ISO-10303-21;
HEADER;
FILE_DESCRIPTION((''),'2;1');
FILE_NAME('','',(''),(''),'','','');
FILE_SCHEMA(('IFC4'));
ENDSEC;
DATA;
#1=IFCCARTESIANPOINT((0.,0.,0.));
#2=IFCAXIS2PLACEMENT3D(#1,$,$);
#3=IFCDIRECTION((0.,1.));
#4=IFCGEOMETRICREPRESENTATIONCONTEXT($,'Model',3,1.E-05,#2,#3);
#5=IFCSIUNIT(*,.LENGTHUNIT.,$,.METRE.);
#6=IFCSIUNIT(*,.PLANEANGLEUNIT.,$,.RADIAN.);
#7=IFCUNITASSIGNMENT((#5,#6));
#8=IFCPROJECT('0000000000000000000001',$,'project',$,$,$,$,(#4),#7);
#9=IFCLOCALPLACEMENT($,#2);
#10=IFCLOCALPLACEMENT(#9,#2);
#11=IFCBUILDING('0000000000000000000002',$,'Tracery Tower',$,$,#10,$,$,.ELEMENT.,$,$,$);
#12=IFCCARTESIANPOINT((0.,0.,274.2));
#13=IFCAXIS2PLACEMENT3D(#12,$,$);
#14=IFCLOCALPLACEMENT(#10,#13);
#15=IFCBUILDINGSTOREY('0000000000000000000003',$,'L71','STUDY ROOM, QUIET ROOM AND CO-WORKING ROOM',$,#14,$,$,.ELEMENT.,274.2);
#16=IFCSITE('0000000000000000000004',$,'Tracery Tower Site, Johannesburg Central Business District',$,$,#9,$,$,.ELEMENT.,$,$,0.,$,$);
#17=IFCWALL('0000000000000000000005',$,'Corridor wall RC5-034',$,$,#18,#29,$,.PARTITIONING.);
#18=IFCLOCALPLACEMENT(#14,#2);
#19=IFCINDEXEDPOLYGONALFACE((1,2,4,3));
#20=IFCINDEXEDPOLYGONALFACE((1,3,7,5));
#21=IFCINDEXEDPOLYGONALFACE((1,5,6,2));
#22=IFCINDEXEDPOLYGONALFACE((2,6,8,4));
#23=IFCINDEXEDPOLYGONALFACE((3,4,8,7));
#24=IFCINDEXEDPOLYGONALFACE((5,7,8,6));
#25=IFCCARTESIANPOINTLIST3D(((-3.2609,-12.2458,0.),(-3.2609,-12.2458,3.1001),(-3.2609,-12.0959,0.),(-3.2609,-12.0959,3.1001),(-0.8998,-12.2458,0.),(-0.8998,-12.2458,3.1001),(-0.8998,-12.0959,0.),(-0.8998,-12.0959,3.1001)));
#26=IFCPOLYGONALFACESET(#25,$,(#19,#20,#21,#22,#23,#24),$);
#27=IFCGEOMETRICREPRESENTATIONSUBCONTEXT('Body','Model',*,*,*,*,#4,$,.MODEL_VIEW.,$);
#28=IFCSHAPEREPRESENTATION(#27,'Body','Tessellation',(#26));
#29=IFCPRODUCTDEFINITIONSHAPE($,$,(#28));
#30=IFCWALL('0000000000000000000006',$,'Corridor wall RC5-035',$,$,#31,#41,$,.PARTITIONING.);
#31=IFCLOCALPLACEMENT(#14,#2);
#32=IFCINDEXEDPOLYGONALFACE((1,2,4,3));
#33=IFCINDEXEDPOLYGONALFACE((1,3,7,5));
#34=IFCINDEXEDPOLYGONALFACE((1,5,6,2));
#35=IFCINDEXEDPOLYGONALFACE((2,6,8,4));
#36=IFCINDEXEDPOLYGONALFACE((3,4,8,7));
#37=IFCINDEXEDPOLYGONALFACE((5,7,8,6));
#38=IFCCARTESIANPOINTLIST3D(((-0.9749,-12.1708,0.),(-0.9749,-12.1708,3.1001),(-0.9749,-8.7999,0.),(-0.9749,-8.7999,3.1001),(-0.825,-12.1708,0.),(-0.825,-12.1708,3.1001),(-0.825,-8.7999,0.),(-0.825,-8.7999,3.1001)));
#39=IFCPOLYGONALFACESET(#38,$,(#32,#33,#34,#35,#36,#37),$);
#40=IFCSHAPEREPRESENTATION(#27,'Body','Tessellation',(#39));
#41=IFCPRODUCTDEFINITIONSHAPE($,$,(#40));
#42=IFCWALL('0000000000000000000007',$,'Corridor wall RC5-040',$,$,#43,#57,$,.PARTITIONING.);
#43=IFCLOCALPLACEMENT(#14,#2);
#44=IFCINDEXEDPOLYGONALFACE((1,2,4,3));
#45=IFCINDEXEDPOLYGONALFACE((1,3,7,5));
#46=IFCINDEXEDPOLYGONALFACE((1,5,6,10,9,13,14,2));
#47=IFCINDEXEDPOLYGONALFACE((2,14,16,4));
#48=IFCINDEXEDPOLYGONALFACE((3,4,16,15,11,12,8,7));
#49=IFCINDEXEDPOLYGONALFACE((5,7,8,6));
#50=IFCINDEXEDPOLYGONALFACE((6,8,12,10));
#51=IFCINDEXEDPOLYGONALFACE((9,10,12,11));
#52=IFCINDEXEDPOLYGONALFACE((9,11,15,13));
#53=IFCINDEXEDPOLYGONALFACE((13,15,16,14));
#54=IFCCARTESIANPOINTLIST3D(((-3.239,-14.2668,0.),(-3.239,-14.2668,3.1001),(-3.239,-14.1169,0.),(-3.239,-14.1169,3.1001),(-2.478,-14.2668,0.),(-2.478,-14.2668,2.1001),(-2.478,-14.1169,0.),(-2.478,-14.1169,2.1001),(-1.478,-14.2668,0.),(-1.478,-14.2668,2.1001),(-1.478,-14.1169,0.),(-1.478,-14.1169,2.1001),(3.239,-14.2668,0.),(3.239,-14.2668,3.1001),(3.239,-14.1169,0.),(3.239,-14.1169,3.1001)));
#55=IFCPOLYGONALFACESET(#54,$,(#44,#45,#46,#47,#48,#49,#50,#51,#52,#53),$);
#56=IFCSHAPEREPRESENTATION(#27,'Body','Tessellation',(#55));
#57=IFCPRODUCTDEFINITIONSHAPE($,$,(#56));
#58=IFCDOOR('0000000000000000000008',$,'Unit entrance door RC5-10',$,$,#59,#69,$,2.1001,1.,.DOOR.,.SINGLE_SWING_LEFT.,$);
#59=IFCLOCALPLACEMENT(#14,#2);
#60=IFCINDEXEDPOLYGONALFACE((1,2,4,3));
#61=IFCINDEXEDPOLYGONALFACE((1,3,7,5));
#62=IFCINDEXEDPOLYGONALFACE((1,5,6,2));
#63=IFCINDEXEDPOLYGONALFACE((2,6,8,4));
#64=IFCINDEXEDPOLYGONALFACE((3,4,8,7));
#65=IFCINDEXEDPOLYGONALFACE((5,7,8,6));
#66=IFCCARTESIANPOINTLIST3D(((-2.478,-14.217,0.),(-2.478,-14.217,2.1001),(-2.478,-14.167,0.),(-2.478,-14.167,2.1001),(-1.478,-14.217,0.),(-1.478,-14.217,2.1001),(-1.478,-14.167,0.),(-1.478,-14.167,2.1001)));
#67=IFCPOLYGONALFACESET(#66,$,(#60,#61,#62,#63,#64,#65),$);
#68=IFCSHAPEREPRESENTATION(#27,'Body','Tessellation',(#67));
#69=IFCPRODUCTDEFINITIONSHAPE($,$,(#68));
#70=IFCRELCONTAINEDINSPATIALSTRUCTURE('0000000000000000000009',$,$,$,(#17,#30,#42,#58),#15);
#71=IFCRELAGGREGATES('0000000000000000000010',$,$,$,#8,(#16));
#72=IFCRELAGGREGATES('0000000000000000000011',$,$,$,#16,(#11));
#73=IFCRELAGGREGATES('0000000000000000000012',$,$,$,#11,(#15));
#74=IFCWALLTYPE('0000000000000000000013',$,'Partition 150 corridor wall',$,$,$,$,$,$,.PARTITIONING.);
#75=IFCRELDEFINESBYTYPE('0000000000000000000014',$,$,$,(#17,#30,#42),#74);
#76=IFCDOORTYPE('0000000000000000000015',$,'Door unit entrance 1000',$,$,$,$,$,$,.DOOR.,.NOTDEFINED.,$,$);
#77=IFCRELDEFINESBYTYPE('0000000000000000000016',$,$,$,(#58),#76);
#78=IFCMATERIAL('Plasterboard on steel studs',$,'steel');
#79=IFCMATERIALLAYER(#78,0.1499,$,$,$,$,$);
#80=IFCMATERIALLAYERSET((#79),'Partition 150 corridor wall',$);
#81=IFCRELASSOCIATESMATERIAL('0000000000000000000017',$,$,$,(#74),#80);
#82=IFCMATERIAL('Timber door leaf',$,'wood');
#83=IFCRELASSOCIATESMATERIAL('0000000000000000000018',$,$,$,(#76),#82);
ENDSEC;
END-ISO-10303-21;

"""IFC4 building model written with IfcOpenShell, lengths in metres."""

from ifc_helpers import new_model, si_unit, direction, frame, frame_2d, origin, place, context, subcontext, project, spatial, rectangle, extrude, material, layer, layer_set, type_object, element, fill, save


model = new_model("IFC4")

# Units and contexts
model_context = context("Model", 3, precision=1e-05, world=origin(), true_north=direction((0.0, 1.0)))
body_context = subcontext(model_context, "Body", "Model", "MODEL_VIEW")
ifc_project = project(units=[si_unit("LENGTHUNIT", "METRE"), si_unit("PLANEANGLEUNIT", "RADIAN")], contexts=[model_context])

# Site, building, storey
site_placement = place(None, origin())
site = spatial("IfcSite", under=ifc_project, at=site_placement, Name="Tracery Tower Site, Johannesburg Central Business District", CompositionType="ELEMENT", RefElevation=0.0)
building_placement = place(site_placement, origin())
building = spatial("IfcBuilding", under=site, at=building_placement, Name="Tracery Tower", CompositionType="ELEMENT")
storey_placement = place(building_placement, frame((0.0, 0.0, 274.2)))
storey = spatial("IfcBuildingStorey", under=building, at=storey_placement, Name="L71", Description="STUDY ROOM, QUIET ROOM AND CO-WORKING ROOM", CompositionType="ELEMENT", Elevation=274.2)

# Walls
ifc_material_1 = material(Name="Plasterboard on steel studs", Category="steel")
ifc_layer_1 = layer(ifc_material_1, 0.1499)
ifc_layer_set_1 = layer_set([ifc_layer_1], Name="Partition 150 corridor wall")
wall_type_1 = type_object("IfcWallType", Name="Partition 150 corridor wall", PredefinedType="PARTITIONING", material=ifc_layer_set_1)
wall_1_placement = place(storey_placement, frame((-3.261, -12.1709, 0.0), z_axis=(0.0, 0.0, 1.0), x_axis=(1.0, 0.0, 0.0)))
element("IfcWall", 1, at=wall_1_placement, inside=storey, type_object=wall_type_1, Name="Corridor wall RC5-034", PredefinedType="PARTITIONING", context=body_context, shape_type="SweptSolid", body=[
    extrude(rectangle(XDim=2.3611, YDim=0.1499, at=frame_2d((1.1807, 0.0))), origin(), (0.0, 0.0, 1.0), 3.1001),
])
wall_2_placement = place(storey_placement, frame((-0.8999, -12.1709, 0.0), z_axis=(0.0, 0.0, 1.0), x_axis=(0.0, 1.0, 0.0)))
element("IfcWall", 2, at=wall_2_placement, inside=storey, type_object=wall_type_1, Name="Corridor wall RC5-035", PredefinedType="PARTITIONING", context=body_context, shape_type="SweptSolid", body=[
    extrude(rectangle(XDim=3.3708, YDim=0.1499, at=frame_2d((1.6855, 0.0))), origin(), (0.0, 0.0, 1.0), 3.1001),
])

# Wall, opening, door
wall_3_placement = place(storey_placement, frame((-3.239, -14.1919, 0.0), z_axis=(0.0, 0.0, 1.0), x_axis=(1.0, 0.0, 0.0)))
wall_3 = element("IfcWall", 3, at=wall_3_placement, inside=storey, type_object=wall_type_1, Name="Corridor wall RC5-040", PredefinedType="PARTITIONING", context=body_context, shape_type="SweptSolid", body=[
    extrude(rectangle(XDim=6.478, YDim=0.1499, at=frame_2d((3.239, 0.0))), origin(), (0.0, 0.0, 1.0), 3.1001),
])
opening_1_placement = place(wall_3_placement, frame((0.761, 0.0, 0.0)))
opening_1 = element("IfcOpeningElement", 4, at=opening_1_placement, cuts=wall_3, PredefinedType="OPENING", context=body_context, shape_type="SweptSolid", body=[
    extrude(rectangle(XDim=1.0, YDim=2.1001, at=frame_2d((0.5, 1.05))), frame((0.0, 0.075, 0.0), z_axis=(0.0, -1.0, 0.0), x_axis=(1.0, 0.0, 0.0)), (0.0, 0.0, 1.0), 0.1499),
])
ifc_material_2 = material(Name="Timber door leaf", Category="wood")
door_type_1 = type_object("IfcDoorType", Name="Door unit entrance 1000", OperationType="NOTDEFINED", PredefinedType="DOOR", material=ifc_material_2)
door_1_placement = place(opening_1_placement, origin())
door_1 = element("IfcDoor", 5, at=door_1_placement, inside=storey, type_object=door_type_1, Name="Unit entrance door RC5-10", OperationType="SINGLE_SWING_LEFT", OverallHeight=2.1001, OverallWidth=1.0, PredefinedType="DOOR", context=body_context, shape_type="SweptSolid", body=[
    extrude(rectangle(XDim=1.0, YDim=2.1001, at=frame_2d((0.5, 1.05))), frame((0.0, 0.0249, 0.0), z_axis=(0.0, -1.0, 0.0), x_axis=(1.0, 0.0, 0.0)), (0.0, 0.0, 1.0), 0.05),
])
fill(opening_1, door_1)

save(model, "model.ifc")
